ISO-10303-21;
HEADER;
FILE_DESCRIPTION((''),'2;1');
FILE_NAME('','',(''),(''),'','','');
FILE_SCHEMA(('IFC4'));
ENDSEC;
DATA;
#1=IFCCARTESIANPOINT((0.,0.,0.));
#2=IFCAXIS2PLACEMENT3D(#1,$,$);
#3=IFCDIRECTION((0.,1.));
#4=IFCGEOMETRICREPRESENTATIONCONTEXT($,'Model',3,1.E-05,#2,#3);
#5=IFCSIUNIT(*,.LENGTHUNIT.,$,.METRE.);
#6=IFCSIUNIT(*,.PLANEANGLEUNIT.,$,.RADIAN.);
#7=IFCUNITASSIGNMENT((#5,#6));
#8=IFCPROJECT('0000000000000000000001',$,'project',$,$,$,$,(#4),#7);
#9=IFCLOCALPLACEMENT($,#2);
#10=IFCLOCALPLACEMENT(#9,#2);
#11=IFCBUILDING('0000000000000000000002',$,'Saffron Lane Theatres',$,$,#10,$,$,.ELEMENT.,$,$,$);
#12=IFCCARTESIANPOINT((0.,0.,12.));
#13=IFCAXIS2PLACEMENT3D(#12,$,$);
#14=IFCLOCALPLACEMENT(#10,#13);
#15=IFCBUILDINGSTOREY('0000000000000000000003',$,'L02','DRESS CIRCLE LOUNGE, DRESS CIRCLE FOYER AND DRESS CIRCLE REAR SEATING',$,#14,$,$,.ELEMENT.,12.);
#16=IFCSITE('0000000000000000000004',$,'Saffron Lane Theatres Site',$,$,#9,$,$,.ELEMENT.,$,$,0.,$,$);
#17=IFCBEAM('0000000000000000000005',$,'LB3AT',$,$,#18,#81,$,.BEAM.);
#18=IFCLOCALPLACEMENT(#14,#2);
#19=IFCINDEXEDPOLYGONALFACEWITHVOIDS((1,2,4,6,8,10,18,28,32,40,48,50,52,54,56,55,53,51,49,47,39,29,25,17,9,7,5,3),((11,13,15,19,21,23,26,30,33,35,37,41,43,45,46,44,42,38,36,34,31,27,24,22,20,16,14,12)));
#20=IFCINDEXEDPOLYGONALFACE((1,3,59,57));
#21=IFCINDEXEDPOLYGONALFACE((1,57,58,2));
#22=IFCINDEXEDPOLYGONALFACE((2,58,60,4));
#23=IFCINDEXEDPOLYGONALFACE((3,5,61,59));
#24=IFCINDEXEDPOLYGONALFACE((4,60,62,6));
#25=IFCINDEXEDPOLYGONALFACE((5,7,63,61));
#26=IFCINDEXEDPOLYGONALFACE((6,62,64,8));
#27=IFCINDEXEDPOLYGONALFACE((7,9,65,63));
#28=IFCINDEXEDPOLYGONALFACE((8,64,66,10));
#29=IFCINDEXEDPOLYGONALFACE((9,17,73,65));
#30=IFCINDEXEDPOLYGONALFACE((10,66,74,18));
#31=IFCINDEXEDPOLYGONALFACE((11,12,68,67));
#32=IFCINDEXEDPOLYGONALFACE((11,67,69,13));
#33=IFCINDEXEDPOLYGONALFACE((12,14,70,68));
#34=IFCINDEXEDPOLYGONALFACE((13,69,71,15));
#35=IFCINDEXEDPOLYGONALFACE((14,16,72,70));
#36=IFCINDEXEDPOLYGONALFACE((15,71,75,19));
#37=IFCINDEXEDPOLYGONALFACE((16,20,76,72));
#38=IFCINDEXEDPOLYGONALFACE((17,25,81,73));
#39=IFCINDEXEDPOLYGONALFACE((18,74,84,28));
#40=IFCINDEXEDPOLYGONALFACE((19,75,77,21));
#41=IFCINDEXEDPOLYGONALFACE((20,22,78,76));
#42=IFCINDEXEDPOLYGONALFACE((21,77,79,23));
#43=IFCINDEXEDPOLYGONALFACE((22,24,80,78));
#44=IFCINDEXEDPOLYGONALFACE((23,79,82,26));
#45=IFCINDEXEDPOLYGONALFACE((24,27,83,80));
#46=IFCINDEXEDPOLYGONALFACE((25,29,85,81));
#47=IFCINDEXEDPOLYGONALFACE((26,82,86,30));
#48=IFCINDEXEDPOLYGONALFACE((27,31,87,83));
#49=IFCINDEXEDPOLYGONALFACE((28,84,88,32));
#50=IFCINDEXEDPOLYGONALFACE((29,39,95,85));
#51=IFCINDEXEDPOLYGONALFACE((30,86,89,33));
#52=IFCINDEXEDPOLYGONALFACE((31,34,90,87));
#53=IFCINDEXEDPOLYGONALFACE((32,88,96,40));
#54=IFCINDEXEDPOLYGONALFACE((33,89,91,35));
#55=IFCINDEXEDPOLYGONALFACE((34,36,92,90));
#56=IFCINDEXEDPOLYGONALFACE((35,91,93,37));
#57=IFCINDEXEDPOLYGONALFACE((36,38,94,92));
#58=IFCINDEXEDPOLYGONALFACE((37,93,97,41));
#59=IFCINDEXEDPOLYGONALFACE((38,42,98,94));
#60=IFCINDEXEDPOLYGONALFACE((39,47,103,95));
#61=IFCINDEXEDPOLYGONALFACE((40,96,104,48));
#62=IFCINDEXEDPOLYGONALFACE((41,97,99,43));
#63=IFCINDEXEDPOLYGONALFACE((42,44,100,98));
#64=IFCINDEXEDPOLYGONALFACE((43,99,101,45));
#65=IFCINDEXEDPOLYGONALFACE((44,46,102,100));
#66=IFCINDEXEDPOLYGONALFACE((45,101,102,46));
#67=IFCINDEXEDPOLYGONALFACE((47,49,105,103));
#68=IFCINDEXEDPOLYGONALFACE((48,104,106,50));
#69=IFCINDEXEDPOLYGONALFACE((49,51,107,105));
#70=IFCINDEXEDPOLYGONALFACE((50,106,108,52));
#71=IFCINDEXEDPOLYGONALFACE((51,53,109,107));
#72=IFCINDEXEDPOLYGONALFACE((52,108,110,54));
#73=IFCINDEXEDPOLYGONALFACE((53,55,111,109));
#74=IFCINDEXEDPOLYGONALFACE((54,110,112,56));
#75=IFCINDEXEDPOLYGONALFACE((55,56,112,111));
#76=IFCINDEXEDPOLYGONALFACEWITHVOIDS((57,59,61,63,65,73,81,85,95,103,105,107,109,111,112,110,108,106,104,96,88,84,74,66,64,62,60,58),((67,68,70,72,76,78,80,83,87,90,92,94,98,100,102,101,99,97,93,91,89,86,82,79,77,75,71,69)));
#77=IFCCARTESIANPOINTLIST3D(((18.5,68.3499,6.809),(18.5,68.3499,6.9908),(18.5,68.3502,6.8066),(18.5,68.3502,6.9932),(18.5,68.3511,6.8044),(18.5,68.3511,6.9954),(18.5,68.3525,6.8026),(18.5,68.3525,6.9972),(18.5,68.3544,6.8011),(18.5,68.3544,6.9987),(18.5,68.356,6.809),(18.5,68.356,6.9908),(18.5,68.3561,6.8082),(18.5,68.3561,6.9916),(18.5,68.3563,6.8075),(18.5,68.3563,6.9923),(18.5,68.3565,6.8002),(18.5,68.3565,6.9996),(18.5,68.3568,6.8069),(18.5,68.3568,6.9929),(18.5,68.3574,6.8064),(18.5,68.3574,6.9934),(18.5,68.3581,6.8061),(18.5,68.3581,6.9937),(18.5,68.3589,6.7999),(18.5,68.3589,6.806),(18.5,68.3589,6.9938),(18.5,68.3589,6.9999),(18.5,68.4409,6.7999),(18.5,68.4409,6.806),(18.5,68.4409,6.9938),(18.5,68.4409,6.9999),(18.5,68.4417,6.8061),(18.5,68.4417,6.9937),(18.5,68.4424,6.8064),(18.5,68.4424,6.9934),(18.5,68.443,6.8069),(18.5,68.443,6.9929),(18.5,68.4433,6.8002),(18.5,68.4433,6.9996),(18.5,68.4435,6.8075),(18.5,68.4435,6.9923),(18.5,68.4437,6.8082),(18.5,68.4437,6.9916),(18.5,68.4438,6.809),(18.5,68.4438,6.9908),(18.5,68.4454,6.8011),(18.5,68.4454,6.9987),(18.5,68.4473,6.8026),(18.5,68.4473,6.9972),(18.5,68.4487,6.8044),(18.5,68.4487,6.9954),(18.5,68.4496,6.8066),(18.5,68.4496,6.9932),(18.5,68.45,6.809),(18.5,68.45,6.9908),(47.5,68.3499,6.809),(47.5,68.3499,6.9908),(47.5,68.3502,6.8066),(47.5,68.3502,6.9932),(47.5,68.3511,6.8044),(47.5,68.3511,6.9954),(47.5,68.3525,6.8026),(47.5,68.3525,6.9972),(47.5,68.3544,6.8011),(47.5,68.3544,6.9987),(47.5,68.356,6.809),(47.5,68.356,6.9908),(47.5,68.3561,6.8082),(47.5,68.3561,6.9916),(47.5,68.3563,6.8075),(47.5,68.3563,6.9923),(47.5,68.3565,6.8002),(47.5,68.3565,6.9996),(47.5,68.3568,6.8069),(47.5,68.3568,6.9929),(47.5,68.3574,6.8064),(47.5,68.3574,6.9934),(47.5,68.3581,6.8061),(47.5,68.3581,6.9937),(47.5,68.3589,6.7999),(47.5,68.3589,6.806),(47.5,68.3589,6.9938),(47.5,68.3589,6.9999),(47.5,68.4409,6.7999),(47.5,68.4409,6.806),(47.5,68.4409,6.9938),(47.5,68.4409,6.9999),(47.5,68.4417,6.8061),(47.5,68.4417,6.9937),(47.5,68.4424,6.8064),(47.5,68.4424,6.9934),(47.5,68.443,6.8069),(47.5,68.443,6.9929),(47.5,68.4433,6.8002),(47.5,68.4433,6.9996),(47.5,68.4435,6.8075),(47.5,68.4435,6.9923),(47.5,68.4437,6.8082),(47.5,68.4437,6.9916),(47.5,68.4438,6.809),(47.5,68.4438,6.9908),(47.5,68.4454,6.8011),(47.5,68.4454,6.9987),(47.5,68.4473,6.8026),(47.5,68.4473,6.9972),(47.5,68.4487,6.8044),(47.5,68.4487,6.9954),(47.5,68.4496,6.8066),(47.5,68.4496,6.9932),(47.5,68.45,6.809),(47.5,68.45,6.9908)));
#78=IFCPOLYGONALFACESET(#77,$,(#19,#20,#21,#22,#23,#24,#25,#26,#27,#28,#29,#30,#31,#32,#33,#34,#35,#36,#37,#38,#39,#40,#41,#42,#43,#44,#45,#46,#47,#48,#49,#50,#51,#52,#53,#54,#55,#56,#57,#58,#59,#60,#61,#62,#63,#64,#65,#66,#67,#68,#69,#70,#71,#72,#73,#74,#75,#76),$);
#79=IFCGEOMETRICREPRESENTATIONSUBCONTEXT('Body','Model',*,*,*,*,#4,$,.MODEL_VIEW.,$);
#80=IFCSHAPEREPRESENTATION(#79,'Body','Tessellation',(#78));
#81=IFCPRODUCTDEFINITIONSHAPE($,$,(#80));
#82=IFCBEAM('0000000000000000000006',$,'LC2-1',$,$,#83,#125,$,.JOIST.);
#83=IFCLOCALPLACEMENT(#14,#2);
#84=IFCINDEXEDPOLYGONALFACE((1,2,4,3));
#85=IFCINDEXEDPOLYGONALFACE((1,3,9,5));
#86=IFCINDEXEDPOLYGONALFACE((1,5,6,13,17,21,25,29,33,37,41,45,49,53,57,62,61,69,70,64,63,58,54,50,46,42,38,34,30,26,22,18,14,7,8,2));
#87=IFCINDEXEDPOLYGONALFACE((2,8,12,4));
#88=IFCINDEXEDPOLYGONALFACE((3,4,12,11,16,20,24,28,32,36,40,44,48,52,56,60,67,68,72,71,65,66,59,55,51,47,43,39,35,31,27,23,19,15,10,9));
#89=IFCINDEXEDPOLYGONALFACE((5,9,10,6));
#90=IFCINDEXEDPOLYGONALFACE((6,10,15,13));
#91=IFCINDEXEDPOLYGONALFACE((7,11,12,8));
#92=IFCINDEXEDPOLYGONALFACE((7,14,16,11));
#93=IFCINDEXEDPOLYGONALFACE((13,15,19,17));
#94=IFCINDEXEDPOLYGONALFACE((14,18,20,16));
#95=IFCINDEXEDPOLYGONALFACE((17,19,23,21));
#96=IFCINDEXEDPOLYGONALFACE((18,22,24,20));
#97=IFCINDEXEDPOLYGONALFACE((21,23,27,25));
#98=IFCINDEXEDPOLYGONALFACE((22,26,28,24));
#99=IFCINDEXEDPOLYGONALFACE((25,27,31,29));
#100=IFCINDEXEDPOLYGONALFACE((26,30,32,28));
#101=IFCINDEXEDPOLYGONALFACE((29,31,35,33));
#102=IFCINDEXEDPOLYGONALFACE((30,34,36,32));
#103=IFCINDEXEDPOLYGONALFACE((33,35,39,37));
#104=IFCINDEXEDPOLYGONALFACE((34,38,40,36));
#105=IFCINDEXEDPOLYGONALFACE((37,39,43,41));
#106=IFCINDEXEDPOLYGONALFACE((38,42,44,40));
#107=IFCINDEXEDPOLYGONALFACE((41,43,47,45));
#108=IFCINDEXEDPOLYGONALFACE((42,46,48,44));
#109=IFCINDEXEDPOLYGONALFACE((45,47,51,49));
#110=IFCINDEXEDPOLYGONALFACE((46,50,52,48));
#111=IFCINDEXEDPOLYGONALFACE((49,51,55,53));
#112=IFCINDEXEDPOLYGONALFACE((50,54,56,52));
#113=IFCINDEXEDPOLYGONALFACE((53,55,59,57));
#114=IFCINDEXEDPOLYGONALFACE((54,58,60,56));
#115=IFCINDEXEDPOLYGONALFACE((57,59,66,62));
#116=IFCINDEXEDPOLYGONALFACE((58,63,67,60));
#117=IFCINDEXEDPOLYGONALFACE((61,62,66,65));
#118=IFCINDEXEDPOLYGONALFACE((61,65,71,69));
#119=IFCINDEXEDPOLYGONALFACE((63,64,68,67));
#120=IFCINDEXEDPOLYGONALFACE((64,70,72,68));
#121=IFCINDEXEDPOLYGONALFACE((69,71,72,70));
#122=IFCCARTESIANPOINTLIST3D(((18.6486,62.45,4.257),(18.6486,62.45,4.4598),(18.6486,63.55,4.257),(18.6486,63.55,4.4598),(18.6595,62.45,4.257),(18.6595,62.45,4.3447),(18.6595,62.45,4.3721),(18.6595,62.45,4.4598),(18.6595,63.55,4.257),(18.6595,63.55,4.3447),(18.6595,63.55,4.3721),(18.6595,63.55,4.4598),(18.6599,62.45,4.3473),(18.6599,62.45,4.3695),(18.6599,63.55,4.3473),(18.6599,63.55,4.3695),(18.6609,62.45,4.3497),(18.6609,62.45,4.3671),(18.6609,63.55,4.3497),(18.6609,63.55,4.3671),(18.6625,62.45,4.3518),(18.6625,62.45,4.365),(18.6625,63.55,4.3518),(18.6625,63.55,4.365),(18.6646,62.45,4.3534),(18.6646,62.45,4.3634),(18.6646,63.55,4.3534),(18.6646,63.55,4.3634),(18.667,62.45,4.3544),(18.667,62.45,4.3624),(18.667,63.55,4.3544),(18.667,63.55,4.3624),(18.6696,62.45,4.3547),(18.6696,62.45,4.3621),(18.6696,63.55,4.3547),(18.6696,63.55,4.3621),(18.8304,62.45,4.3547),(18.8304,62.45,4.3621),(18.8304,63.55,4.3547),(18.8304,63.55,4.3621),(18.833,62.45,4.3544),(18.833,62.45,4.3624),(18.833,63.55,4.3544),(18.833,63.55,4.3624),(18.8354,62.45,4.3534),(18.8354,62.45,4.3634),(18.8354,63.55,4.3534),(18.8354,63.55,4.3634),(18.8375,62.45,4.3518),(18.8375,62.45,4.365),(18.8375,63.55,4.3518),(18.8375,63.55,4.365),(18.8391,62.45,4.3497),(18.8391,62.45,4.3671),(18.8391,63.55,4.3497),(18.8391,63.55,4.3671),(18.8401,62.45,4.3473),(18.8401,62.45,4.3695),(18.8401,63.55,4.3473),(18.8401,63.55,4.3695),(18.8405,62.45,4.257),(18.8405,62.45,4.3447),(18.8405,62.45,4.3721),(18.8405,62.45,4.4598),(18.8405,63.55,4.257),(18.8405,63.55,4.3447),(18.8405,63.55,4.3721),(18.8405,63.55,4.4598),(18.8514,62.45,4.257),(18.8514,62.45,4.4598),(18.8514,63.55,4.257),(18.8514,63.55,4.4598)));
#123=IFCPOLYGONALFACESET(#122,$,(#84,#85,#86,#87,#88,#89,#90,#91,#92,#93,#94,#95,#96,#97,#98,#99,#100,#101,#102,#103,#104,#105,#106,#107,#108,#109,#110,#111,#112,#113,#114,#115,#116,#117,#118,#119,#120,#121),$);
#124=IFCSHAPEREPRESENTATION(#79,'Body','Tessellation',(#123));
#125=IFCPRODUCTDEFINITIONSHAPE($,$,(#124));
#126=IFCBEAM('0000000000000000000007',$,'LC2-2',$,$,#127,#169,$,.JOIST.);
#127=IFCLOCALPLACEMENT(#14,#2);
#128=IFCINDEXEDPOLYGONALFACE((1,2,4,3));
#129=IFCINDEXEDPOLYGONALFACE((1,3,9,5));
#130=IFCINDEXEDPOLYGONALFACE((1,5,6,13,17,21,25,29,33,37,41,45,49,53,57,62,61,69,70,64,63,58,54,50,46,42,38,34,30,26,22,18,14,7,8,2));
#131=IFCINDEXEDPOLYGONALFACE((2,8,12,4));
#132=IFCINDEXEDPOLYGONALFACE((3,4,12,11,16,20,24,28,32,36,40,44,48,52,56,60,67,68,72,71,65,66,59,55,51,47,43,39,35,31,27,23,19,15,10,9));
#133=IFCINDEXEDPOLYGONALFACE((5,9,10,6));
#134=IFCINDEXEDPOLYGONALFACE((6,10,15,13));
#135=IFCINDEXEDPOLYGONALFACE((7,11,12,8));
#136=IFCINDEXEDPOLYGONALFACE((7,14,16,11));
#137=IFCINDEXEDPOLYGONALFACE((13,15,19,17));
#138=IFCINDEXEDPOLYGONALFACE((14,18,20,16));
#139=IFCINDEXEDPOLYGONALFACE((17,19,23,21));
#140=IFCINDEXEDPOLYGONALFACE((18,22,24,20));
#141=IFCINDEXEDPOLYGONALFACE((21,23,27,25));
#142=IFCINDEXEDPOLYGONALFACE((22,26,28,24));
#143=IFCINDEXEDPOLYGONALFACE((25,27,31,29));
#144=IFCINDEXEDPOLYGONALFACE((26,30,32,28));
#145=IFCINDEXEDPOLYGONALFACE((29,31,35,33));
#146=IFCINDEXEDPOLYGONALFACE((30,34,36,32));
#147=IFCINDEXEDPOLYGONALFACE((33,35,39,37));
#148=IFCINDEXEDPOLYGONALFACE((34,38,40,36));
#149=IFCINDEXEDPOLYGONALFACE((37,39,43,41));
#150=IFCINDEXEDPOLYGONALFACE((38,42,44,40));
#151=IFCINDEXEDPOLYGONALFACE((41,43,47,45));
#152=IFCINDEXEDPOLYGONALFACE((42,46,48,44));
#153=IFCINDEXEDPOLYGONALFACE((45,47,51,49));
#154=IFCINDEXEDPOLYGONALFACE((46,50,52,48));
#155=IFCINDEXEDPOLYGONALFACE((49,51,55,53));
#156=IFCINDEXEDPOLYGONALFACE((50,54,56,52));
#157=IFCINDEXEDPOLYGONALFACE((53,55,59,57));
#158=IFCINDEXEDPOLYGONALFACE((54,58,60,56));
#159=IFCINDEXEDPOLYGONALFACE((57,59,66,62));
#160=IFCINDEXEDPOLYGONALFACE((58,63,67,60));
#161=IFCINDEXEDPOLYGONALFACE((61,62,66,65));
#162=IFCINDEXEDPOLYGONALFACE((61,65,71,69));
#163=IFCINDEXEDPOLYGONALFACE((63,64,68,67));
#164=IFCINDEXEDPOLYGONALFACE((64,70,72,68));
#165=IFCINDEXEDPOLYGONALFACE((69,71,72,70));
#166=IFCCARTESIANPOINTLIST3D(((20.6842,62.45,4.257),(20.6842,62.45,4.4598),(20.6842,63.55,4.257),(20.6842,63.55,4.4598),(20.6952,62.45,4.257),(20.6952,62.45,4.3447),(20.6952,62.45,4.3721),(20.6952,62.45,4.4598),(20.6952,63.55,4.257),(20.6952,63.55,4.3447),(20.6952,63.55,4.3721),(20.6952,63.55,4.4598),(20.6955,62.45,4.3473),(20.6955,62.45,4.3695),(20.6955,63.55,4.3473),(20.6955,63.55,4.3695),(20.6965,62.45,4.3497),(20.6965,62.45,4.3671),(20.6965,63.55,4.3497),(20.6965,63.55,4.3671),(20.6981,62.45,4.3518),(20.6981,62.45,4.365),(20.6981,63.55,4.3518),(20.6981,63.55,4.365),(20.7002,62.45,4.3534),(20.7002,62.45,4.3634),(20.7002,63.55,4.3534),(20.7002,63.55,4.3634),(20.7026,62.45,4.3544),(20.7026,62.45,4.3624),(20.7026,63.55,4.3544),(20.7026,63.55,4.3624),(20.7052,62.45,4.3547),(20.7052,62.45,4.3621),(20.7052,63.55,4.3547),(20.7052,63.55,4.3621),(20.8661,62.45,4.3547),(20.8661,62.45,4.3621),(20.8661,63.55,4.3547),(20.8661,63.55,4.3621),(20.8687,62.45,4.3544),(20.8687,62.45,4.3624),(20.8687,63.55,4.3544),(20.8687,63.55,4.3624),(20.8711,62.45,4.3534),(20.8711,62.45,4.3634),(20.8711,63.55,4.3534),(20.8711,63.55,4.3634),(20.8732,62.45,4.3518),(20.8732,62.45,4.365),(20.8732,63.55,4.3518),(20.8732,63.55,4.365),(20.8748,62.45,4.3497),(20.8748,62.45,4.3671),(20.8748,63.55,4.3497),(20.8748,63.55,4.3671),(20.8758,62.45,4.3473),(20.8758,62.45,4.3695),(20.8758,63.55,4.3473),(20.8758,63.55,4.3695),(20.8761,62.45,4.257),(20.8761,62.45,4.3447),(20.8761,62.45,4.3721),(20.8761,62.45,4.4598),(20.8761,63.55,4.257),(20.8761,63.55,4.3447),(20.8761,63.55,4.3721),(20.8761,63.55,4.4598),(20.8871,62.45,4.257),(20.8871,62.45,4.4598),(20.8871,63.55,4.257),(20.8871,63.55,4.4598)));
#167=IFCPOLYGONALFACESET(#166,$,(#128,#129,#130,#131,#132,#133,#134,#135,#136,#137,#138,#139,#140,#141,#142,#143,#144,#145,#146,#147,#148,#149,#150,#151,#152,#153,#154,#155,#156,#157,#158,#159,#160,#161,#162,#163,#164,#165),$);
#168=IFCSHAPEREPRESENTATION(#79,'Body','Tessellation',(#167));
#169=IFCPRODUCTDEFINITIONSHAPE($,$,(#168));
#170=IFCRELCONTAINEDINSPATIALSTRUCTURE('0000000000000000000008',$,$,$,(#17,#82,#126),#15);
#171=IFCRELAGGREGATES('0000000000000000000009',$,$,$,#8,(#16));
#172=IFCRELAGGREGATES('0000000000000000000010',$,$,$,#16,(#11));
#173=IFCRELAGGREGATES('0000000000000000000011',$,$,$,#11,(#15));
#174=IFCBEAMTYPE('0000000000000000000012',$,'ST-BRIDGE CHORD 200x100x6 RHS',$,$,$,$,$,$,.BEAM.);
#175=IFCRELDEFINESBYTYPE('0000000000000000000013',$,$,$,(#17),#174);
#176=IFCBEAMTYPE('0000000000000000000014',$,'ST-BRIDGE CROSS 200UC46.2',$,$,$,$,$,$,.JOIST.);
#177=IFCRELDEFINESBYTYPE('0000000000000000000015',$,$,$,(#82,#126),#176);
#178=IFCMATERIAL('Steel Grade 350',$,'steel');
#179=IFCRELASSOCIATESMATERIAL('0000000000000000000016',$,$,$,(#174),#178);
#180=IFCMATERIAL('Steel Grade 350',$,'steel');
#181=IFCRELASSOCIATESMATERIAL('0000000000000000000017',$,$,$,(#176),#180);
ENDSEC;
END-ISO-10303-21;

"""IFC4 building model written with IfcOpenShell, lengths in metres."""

from ifc_helpers import new_model, si_unit, direction, frame, origin, origin_2d, place, context, subcontext, project, spatial, hollow_rectangle, i_section, extrude, material, material_profile, profile_set, type_object, element, save


model = new_model("IFC4")

# Units and contexts
model_context = context("Model", 3, precision=1e-05, world=origin(), true_north=direction((0.0, 1.0)))
body_context = subcontext(model_context, "Body", "Model", "MODEL_VIEW")
ifc_project = project(units=[si_unit("LENGTHUNIT", "METRE"), si_unit("PLANEANGLEUNIT", "RADIAN")], contexts=[model_context])

# Site, building, storey
site_placement = place(None, origin())
site = spatial("IfcSite", under=ifc_project, at=site_placement, Name="Saffron Lane Theatres Site", CompositionType="ELEMENT", RefElevation=0.0)
building_placement = place(site_placement, origin())
building = spatial("IfcBuilding", under=site, at=building_placement, Name="Saffron Lane Theatres", CompositionType="ELEMENT")
storey_placement = place(building_placement, frame((0.0, 0.0, 12.0)))
storey = spatial("IfcBuildingStorey", under=building, at=storey_placement, Name="L02", Description="DRESS CIRCLE LOUNGE, DRESS CIRCLE FOYER AND DRESS CIRCLE REAR SEATING", CompositionType="ELEMENT", Elevation=12.0)

# Beams
ifc_material_1 = material(Name="Steel Grade 350", Category="steel")
ifc_material_profile_1 = material_profile(ifc_material_1, hollow_rectangle(XDim=0.1001, YDim=0.2, WallThickness=0.0061, InnerFilletRadius=0.0029, OuterFilletRadius=0.009, at=origin_2d()))
ifc_profile_set_1 = profile_set([ifc_material_profile_1], Name="Steel Grade 350")
beam_type_1 = type_object("IfcBeamType", Name="ST-BRIDGE CHORD 200x100x6 RHS", PredefinedType="BEAM", material=ifc_profile_set_1)
for number, where, z_axis, x_axis, name in (
    (1, (18.5, 68.3999, 6.8999), (1.0, 0.0, 0.0), (0.0, 1.0, 0.0), "LB3AT"),
):
    element("IfcBeam", number, at=place(storey_placement, frame(where, z_axis=z_axis, x_axis=x_axis)), inside=storey, type_object=beam_type_1, Name=name, PredefinedType="BEAM", context=body_context, shape_type="SweptSolid", body=[
        extrude(hollow_rectangle(XDim=0.1001, YDim=0.2, WallThickness=0.0061, InnerFilletRadius=0.0029, OuterFilletRadius=0.009, at=origin_2d()), origin(), (0.0, 0.0, 1.0), 29.0),
    ])
ifc_material_2 = material(Name="Steel Grade 350", Category="steel")
ifc_material_profile_2 = material_profile(ifc_material_2, i_section(OverallWidth=0.2029, OverallDepth=0.2029, WebThickness=0.0073, FlangeThickness=0.011, FilletRadius=0.01, at=origin_2d()))
ifc_profile_set_2 = profile_set([ifc_material_profile_2], Name="Steel Grade 350")
beam_type_2 = type_object("IfcBeamType", Name="ST-BRIDGE CROSS 200UC46.2", PredefinedType="JOIST", material=ifc_profile_set_2)
for number, where, z_axis, x_axis, name in (
    (2, (18.75, 62.45, 4.3584), (0.0, 1.0, 0.0), (0.0, 0.0, 1.0), "LC2-1"),
    (3, (20.7856, 62.45, 4.3584), (0.0, 1.0, 0.0), (0.0, 0.0, 1.0), "LC2-2"),
):
    element("IfcBeam", number, at=place(storey_placement, frame(where, z_axis=z_axis, x_axis=x_axis)), inside=storey, type_object=beam_type_2, Name=name, PredefinedType="JOIST", context=body_context, shape_type="SweptSolid", body=[
        extrude(i_section(OverallWidth=0.2029, OverallDepth=0.2029, WebThickness=0.0073, FlangeThickness=0.011, FilletRadius=0.01, at=origin_2d()), origin(), (0.0, 0.0, 1.0), 1.1001),
    ])

save(model, "model.ifc")
